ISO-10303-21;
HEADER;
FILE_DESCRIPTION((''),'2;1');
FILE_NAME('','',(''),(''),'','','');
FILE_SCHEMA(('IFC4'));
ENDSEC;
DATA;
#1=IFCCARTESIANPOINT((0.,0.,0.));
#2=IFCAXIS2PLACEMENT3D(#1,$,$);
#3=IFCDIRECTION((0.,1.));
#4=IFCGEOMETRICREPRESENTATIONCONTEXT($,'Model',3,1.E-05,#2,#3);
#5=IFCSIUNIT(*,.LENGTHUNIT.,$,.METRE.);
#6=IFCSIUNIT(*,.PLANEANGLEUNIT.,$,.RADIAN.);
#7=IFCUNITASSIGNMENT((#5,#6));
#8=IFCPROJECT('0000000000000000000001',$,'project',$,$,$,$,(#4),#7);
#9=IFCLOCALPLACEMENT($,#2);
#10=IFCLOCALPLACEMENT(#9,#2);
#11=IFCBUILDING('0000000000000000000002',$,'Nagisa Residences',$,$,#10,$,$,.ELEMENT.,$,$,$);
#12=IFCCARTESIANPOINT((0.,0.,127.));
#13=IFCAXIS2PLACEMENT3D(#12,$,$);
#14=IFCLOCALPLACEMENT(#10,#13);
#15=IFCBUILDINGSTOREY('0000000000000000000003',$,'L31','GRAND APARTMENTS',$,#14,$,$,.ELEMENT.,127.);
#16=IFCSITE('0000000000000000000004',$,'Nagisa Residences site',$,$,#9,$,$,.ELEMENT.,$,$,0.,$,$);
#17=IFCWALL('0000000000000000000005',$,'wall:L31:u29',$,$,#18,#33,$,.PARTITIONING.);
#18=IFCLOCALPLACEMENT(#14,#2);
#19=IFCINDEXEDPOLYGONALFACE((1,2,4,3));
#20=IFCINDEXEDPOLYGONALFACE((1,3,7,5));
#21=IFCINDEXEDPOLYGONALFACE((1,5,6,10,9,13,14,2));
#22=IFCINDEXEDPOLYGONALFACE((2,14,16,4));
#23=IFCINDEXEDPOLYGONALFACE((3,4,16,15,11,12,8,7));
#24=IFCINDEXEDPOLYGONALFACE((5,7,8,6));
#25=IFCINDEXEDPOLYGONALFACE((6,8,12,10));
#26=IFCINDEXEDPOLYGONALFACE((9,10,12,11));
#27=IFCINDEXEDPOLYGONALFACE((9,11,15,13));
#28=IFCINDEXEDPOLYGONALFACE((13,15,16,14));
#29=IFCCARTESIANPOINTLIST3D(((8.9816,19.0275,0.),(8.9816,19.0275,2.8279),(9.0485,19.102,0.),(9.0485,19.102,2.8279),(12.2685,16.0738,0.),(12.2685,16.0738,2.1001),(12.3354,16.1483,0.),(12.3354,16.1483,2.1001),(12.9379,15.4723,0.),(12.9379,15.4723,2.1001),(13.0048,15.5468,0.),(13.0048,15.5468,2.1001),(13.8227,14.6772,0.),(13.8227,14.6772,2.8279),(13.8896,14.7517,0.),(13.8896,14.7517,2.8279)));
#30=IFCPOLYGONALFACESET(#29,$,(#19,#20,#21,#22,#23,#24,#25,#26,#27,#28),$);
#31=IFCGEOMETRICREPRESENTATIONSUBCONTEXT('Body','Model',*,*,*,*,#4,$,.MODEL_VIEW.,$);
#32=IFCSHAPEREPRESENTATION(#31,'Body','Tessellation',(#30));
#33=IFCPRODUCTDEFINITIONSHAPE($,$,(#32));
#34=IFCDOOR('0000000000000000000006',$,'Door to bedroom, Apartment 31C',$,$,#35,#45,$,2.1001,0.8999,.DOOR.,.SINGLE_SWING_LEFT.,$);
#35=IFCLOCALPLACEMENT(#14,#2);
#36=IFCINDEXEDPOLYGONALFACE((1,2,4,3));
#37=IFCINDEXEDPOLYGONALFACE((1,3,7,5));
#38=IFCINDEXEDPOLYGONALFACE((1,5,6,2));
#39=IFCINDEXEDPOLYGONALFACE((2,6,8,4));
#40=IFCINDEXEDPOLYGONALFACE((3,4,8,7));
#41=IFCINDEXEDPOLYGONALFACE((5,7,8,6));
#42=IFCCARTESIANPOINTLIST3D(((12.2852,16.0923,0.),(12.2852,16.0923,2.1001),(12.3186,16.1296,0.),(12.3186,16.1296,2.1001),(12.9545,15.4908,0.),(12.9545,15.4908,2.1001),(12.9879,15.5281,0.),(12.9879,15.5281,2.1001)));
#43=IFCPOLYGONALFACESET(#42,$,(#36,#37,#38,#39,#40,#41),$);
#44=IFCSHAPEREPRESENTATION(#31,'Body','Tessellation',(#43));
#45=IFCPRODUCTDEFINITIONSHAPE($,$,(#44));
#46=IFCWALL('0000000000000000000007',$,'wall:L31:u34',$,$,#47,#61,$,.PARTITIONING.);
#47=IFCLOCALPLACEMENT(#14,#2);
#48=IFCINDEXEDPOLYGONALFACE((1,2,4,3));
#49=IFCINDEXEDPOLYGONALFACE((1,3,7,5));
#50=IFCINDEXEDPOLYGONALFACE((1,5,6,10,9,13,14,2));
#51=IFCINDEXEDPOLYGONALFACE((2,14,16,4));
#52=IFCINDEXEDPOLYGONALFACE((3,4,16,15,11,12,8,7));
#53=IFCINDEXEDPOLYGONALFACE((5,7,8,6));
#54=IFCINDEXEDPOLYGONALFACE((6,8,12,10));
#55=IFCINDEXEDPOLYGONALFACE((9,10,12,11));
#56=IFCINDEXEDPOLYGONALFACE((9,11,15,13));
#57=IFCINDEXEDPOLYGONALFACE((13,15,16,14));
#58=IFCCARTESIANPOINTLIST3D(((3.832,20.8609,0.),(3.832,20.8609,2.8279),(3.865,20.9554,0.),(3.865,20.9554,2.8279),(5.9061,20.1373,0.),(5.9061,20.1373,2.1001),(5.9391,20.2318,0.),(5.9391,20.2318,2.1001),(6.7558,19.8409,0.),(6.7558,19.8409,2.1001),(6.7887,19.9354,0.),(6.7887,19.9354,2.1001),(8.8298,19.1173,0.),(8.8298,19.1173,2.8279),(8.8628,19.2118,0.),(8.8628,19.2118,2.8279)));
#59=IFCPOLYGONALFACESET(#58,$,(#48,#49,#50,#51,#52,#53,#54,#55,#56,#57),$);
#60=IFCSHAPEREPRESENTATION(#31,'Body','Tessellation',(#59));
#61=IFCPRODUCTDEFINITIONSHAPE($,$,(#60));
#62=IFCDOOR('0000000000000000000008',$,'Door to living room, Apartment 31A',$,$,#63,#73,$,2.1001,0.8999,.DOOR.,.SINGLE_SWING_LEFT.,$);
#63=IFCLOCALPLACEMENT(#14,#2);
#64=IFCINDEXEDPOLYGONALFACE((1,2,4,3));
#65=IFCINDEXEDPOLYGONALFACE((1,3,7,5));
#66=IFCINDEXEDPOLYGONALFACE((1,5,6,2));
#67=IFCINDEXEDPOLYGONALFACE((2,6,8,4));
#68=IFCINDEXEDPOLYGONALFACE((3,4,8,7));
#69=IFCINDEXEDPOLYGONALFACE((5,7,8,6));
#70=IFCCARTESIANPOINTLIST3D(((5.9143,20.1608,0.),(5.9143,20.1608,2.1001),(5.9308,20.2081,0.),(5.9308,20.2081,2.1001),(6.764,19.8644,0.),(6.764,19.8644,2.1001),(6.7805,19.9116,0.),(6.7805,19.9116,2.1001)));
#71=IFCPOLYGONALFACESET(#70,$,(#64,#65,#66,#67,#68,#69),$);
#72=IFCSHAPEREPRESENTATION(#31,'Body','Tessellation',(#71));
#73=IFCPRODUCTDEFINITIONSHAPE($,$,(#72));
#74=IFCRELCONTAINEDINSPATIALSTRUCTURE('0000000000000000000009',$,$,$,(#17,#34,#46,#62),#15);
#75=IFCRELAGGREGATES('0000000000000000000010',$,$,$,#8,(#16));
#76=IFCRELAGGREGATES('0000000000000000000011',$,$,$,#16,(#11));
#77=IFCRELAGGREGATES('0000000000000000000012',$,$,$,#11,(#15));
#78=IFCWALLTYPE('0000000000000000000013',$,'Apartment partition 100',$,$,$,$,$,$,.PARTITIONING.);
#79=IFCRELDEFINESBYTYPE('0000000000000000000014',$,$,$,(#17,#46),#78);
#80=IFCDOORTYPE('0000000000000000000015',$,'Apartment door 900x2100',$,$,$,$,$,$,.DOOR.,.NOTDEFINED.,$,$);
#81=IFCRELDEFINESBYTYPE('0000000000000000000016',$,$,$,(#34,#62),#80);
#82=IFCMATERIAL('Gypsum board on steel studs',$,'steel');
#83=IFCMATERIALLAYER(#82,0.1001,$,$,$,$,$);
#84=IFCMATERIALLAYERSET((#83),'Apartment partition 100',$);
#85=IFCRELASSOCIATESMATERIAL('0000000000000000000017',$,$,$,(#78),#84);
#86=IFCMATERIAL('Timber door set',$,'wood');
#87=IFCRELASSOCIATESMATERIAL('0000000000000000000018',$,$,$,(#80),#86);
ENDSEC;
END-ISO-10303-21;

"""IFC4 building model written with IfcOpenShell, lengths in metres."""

from ifc_helpers import new_model, si_unit, direction, frame, frame_2d, origin, place, context, subcontext, project, spatial, rectangle, extrude, material, layer, layer_set, type_object, element, fill, save


model = new_model("IFC4")

# Units and contexts
model_context = context("Model", 3, precision=1e-05, world=origin(), true_north=direction((0.0, 1.0)))
body_context = subcontext(model_context, "Body", "Model", "MODEL_VIEW")
ifc_project = project(units=[si_unit("LENGTHUNIT", "METRE"), si_unit("PLANEANGLEUNIT", "RADIAN")], contexts=[model_context])

# Site, building, storey
site_placement = place(None, origin())
site = spatial("IfcSite", under=ifc_project, at=site_placement, Name="Nagisa Residences site", CompositionType="ELEMENT", RefElevation=0.0)
building_placement = place(site_placement, origin())
building = spatial("IfcBuilding", under=site, at=building_placement, Name="Nagisa Residences", CompositionType="ELEMENT")
storey_placement = place(building_placement, frame((0.0, 0.0, 127.0)))
storey = spatial("IfcBuildingStorey", under=building, at=storey_placement, Name="L31", Description="GRAND APARTMENTS", CompositionType="ELEMENT", Elevation=127.0)

# Shared definitions
ifc_material_1 = material(Name="Gypsum board on steel studs", Category="steel")
ifc_layer_1 = layer(ifc_material_1, 0.1001)
ifc_layer_set_1 = layer_set([ifc_layer_1], Name="Apartment partition 100")
wall_type_1 = type_object("IfcWallType", Name="Apartment partition 100", PredefinedType="PARTITIONING", material=ifc_layer_set_1)

# Walls, openings, doors
wall_1_placement = place(storey_placement, frame((13.8562, 14.7144, 0.0), z_axis=(0.0, 0.0, 1.0), x_axis=(-0.743799, 0.668403, 0.0)))
wall_1 = element("IfcWall", 1, at=wall_1_placement, inside=storey, type_object=wall_type_1, Name="wall:L31:u29", PredefinedType="PARTITIONING", context=body_context, shape_type="SweptSolid", body=[
    extrude(rectangle(XDim=6.5085, YDim=0.1001, at=frame_2d((3.2544, 0.0))), origin(), (0.0, 0.0, 1.0), 2.8279),
])
opening_1_placement = place(wall_1_placement, frame((1.1897, 0.0, 0.0)))
opening_1 = element("IfcOpeningElement", 2, at=opening_1_placement, cuts=wall_1, PredefinedType="OPENING", context=body_context, shape_type="SweptSolid", body=[
    extrude(rectangle(XDim=0.8999, YDim=2.1001, at=frame_2d((0.45, 1.05))), frame((0.0, 0.0601, 0.0), z_axis=(0.0, -1.0, 0.0), x_axis=(1.0, 0.0, 0.0)), (0.0, 0.0, 1.0), 0.1201),
])
ifc_material_2 = material(Name="Timber door set", Category="wood")
door_type_1 = type_object("IfcDoorType", Name="Apartment door 900x2100", OperationType="NOTDEFINED", PredefinedType="DOOR", material=ifc_material_2)
door_1_placement = place(opening_1_placement, frame((0.8999, 0.0, 0.0), x_axis=(-1.0, 0.0, 0.0)))
door_1 = element("IfcDoor", 3, at=door_1_placement, inside=storey, type_object=door_type_1, Name="Door to bedroom, Apartment 31C", OperationType="SINGLE_SWING_LEFT", OverallHeight=2.1001, OverallWidth=0.8999, PredefinedType="DOOR", context=body_context, shape_type="SweptSolid", body=[
    extrude(rectangle(XDim=0.8999, YDim=2.1001, at=frame_2d((0.45, 1.05))), frame((0.0, 0.0249, 0.0), z_axis=(0.0, -1.0, 0.0), x_axis=(1.0, 0.0, 0.0)), (0.0, 0.0, 1.0), 0.05),
])
fill(opening_1, door_1)
wall_2_placement = place(storey_placement, frame((8.8462, 19.1646, 0.0), z_axis=(0.0, 0.0, 1.0), x_axis=(-0.944187, 0.329411, 0.0)))
wall_2 = element("IfcWall", 4, at=wall_2_placement, inside=storey, type_object=wall_type_1, Name="wall:L31:u34", PredefinedType="PARTITIONING", context=body_context, shape_type="SweptSolid", body=[
    extrude(rectangle(XDim=5.2932, YDim=0.1001, at=frame_2d((2.6465, 0.0))), origin(), (0.0, 0.0, 1.0), 2.8279),
])
opening_2_placement = place(wall_2_placement, frame((2.1965, 0.0, 0.0)))
opening_2 = element("IfcOpeningElement", 5, at=opening_2_placement, cuts=wall_2, PredefinedType="OPENING", context=body_context, shape_type="SweptSolid", body=[
    extrude(rectangle(XDim=0.8999, YDim=2.1001, at=frame_2d((0.45, 1.05))), frame((0.0, 0.0601, 0.0), z_axis=(0.0, -1.0, 0.0), x_axis=(1.0, 0.0, 0.0)), (0.0, 0.0, 1.0), 0.1201),
])
door_2_placement = place(opening_2_placement, frame((0.8999, 0.0, 0.0), x_axis=(-1.0, 0.0, 0.0)))
door_2 = element("IfcDoor", 6, at=door_2_placement, inside=storey, type_object=door_type_1, Name="Door to living room, Apartment 31A", OperationType="SINGLE_SWING_LEFT", OverallHeight=2.1001, OverallWidth=0.8999, PredefinedType="DOOR", context=body_context, shape_type="SweptSolid", body=[
    extrude(rectangle(XDim=0.8999, YDim=2.1001, at=frame_2d((0.45, 1.05))), frame((0.0, 0.0249, 0.0), z_axis=(0.0, -1.0, 0.0), x_axis=(1.0, 0.0, 0.0)), (0.0, 0.0, 1.0), 0.05),
])
fill(opening_2, door_2)

save(model, "model.ifc")
